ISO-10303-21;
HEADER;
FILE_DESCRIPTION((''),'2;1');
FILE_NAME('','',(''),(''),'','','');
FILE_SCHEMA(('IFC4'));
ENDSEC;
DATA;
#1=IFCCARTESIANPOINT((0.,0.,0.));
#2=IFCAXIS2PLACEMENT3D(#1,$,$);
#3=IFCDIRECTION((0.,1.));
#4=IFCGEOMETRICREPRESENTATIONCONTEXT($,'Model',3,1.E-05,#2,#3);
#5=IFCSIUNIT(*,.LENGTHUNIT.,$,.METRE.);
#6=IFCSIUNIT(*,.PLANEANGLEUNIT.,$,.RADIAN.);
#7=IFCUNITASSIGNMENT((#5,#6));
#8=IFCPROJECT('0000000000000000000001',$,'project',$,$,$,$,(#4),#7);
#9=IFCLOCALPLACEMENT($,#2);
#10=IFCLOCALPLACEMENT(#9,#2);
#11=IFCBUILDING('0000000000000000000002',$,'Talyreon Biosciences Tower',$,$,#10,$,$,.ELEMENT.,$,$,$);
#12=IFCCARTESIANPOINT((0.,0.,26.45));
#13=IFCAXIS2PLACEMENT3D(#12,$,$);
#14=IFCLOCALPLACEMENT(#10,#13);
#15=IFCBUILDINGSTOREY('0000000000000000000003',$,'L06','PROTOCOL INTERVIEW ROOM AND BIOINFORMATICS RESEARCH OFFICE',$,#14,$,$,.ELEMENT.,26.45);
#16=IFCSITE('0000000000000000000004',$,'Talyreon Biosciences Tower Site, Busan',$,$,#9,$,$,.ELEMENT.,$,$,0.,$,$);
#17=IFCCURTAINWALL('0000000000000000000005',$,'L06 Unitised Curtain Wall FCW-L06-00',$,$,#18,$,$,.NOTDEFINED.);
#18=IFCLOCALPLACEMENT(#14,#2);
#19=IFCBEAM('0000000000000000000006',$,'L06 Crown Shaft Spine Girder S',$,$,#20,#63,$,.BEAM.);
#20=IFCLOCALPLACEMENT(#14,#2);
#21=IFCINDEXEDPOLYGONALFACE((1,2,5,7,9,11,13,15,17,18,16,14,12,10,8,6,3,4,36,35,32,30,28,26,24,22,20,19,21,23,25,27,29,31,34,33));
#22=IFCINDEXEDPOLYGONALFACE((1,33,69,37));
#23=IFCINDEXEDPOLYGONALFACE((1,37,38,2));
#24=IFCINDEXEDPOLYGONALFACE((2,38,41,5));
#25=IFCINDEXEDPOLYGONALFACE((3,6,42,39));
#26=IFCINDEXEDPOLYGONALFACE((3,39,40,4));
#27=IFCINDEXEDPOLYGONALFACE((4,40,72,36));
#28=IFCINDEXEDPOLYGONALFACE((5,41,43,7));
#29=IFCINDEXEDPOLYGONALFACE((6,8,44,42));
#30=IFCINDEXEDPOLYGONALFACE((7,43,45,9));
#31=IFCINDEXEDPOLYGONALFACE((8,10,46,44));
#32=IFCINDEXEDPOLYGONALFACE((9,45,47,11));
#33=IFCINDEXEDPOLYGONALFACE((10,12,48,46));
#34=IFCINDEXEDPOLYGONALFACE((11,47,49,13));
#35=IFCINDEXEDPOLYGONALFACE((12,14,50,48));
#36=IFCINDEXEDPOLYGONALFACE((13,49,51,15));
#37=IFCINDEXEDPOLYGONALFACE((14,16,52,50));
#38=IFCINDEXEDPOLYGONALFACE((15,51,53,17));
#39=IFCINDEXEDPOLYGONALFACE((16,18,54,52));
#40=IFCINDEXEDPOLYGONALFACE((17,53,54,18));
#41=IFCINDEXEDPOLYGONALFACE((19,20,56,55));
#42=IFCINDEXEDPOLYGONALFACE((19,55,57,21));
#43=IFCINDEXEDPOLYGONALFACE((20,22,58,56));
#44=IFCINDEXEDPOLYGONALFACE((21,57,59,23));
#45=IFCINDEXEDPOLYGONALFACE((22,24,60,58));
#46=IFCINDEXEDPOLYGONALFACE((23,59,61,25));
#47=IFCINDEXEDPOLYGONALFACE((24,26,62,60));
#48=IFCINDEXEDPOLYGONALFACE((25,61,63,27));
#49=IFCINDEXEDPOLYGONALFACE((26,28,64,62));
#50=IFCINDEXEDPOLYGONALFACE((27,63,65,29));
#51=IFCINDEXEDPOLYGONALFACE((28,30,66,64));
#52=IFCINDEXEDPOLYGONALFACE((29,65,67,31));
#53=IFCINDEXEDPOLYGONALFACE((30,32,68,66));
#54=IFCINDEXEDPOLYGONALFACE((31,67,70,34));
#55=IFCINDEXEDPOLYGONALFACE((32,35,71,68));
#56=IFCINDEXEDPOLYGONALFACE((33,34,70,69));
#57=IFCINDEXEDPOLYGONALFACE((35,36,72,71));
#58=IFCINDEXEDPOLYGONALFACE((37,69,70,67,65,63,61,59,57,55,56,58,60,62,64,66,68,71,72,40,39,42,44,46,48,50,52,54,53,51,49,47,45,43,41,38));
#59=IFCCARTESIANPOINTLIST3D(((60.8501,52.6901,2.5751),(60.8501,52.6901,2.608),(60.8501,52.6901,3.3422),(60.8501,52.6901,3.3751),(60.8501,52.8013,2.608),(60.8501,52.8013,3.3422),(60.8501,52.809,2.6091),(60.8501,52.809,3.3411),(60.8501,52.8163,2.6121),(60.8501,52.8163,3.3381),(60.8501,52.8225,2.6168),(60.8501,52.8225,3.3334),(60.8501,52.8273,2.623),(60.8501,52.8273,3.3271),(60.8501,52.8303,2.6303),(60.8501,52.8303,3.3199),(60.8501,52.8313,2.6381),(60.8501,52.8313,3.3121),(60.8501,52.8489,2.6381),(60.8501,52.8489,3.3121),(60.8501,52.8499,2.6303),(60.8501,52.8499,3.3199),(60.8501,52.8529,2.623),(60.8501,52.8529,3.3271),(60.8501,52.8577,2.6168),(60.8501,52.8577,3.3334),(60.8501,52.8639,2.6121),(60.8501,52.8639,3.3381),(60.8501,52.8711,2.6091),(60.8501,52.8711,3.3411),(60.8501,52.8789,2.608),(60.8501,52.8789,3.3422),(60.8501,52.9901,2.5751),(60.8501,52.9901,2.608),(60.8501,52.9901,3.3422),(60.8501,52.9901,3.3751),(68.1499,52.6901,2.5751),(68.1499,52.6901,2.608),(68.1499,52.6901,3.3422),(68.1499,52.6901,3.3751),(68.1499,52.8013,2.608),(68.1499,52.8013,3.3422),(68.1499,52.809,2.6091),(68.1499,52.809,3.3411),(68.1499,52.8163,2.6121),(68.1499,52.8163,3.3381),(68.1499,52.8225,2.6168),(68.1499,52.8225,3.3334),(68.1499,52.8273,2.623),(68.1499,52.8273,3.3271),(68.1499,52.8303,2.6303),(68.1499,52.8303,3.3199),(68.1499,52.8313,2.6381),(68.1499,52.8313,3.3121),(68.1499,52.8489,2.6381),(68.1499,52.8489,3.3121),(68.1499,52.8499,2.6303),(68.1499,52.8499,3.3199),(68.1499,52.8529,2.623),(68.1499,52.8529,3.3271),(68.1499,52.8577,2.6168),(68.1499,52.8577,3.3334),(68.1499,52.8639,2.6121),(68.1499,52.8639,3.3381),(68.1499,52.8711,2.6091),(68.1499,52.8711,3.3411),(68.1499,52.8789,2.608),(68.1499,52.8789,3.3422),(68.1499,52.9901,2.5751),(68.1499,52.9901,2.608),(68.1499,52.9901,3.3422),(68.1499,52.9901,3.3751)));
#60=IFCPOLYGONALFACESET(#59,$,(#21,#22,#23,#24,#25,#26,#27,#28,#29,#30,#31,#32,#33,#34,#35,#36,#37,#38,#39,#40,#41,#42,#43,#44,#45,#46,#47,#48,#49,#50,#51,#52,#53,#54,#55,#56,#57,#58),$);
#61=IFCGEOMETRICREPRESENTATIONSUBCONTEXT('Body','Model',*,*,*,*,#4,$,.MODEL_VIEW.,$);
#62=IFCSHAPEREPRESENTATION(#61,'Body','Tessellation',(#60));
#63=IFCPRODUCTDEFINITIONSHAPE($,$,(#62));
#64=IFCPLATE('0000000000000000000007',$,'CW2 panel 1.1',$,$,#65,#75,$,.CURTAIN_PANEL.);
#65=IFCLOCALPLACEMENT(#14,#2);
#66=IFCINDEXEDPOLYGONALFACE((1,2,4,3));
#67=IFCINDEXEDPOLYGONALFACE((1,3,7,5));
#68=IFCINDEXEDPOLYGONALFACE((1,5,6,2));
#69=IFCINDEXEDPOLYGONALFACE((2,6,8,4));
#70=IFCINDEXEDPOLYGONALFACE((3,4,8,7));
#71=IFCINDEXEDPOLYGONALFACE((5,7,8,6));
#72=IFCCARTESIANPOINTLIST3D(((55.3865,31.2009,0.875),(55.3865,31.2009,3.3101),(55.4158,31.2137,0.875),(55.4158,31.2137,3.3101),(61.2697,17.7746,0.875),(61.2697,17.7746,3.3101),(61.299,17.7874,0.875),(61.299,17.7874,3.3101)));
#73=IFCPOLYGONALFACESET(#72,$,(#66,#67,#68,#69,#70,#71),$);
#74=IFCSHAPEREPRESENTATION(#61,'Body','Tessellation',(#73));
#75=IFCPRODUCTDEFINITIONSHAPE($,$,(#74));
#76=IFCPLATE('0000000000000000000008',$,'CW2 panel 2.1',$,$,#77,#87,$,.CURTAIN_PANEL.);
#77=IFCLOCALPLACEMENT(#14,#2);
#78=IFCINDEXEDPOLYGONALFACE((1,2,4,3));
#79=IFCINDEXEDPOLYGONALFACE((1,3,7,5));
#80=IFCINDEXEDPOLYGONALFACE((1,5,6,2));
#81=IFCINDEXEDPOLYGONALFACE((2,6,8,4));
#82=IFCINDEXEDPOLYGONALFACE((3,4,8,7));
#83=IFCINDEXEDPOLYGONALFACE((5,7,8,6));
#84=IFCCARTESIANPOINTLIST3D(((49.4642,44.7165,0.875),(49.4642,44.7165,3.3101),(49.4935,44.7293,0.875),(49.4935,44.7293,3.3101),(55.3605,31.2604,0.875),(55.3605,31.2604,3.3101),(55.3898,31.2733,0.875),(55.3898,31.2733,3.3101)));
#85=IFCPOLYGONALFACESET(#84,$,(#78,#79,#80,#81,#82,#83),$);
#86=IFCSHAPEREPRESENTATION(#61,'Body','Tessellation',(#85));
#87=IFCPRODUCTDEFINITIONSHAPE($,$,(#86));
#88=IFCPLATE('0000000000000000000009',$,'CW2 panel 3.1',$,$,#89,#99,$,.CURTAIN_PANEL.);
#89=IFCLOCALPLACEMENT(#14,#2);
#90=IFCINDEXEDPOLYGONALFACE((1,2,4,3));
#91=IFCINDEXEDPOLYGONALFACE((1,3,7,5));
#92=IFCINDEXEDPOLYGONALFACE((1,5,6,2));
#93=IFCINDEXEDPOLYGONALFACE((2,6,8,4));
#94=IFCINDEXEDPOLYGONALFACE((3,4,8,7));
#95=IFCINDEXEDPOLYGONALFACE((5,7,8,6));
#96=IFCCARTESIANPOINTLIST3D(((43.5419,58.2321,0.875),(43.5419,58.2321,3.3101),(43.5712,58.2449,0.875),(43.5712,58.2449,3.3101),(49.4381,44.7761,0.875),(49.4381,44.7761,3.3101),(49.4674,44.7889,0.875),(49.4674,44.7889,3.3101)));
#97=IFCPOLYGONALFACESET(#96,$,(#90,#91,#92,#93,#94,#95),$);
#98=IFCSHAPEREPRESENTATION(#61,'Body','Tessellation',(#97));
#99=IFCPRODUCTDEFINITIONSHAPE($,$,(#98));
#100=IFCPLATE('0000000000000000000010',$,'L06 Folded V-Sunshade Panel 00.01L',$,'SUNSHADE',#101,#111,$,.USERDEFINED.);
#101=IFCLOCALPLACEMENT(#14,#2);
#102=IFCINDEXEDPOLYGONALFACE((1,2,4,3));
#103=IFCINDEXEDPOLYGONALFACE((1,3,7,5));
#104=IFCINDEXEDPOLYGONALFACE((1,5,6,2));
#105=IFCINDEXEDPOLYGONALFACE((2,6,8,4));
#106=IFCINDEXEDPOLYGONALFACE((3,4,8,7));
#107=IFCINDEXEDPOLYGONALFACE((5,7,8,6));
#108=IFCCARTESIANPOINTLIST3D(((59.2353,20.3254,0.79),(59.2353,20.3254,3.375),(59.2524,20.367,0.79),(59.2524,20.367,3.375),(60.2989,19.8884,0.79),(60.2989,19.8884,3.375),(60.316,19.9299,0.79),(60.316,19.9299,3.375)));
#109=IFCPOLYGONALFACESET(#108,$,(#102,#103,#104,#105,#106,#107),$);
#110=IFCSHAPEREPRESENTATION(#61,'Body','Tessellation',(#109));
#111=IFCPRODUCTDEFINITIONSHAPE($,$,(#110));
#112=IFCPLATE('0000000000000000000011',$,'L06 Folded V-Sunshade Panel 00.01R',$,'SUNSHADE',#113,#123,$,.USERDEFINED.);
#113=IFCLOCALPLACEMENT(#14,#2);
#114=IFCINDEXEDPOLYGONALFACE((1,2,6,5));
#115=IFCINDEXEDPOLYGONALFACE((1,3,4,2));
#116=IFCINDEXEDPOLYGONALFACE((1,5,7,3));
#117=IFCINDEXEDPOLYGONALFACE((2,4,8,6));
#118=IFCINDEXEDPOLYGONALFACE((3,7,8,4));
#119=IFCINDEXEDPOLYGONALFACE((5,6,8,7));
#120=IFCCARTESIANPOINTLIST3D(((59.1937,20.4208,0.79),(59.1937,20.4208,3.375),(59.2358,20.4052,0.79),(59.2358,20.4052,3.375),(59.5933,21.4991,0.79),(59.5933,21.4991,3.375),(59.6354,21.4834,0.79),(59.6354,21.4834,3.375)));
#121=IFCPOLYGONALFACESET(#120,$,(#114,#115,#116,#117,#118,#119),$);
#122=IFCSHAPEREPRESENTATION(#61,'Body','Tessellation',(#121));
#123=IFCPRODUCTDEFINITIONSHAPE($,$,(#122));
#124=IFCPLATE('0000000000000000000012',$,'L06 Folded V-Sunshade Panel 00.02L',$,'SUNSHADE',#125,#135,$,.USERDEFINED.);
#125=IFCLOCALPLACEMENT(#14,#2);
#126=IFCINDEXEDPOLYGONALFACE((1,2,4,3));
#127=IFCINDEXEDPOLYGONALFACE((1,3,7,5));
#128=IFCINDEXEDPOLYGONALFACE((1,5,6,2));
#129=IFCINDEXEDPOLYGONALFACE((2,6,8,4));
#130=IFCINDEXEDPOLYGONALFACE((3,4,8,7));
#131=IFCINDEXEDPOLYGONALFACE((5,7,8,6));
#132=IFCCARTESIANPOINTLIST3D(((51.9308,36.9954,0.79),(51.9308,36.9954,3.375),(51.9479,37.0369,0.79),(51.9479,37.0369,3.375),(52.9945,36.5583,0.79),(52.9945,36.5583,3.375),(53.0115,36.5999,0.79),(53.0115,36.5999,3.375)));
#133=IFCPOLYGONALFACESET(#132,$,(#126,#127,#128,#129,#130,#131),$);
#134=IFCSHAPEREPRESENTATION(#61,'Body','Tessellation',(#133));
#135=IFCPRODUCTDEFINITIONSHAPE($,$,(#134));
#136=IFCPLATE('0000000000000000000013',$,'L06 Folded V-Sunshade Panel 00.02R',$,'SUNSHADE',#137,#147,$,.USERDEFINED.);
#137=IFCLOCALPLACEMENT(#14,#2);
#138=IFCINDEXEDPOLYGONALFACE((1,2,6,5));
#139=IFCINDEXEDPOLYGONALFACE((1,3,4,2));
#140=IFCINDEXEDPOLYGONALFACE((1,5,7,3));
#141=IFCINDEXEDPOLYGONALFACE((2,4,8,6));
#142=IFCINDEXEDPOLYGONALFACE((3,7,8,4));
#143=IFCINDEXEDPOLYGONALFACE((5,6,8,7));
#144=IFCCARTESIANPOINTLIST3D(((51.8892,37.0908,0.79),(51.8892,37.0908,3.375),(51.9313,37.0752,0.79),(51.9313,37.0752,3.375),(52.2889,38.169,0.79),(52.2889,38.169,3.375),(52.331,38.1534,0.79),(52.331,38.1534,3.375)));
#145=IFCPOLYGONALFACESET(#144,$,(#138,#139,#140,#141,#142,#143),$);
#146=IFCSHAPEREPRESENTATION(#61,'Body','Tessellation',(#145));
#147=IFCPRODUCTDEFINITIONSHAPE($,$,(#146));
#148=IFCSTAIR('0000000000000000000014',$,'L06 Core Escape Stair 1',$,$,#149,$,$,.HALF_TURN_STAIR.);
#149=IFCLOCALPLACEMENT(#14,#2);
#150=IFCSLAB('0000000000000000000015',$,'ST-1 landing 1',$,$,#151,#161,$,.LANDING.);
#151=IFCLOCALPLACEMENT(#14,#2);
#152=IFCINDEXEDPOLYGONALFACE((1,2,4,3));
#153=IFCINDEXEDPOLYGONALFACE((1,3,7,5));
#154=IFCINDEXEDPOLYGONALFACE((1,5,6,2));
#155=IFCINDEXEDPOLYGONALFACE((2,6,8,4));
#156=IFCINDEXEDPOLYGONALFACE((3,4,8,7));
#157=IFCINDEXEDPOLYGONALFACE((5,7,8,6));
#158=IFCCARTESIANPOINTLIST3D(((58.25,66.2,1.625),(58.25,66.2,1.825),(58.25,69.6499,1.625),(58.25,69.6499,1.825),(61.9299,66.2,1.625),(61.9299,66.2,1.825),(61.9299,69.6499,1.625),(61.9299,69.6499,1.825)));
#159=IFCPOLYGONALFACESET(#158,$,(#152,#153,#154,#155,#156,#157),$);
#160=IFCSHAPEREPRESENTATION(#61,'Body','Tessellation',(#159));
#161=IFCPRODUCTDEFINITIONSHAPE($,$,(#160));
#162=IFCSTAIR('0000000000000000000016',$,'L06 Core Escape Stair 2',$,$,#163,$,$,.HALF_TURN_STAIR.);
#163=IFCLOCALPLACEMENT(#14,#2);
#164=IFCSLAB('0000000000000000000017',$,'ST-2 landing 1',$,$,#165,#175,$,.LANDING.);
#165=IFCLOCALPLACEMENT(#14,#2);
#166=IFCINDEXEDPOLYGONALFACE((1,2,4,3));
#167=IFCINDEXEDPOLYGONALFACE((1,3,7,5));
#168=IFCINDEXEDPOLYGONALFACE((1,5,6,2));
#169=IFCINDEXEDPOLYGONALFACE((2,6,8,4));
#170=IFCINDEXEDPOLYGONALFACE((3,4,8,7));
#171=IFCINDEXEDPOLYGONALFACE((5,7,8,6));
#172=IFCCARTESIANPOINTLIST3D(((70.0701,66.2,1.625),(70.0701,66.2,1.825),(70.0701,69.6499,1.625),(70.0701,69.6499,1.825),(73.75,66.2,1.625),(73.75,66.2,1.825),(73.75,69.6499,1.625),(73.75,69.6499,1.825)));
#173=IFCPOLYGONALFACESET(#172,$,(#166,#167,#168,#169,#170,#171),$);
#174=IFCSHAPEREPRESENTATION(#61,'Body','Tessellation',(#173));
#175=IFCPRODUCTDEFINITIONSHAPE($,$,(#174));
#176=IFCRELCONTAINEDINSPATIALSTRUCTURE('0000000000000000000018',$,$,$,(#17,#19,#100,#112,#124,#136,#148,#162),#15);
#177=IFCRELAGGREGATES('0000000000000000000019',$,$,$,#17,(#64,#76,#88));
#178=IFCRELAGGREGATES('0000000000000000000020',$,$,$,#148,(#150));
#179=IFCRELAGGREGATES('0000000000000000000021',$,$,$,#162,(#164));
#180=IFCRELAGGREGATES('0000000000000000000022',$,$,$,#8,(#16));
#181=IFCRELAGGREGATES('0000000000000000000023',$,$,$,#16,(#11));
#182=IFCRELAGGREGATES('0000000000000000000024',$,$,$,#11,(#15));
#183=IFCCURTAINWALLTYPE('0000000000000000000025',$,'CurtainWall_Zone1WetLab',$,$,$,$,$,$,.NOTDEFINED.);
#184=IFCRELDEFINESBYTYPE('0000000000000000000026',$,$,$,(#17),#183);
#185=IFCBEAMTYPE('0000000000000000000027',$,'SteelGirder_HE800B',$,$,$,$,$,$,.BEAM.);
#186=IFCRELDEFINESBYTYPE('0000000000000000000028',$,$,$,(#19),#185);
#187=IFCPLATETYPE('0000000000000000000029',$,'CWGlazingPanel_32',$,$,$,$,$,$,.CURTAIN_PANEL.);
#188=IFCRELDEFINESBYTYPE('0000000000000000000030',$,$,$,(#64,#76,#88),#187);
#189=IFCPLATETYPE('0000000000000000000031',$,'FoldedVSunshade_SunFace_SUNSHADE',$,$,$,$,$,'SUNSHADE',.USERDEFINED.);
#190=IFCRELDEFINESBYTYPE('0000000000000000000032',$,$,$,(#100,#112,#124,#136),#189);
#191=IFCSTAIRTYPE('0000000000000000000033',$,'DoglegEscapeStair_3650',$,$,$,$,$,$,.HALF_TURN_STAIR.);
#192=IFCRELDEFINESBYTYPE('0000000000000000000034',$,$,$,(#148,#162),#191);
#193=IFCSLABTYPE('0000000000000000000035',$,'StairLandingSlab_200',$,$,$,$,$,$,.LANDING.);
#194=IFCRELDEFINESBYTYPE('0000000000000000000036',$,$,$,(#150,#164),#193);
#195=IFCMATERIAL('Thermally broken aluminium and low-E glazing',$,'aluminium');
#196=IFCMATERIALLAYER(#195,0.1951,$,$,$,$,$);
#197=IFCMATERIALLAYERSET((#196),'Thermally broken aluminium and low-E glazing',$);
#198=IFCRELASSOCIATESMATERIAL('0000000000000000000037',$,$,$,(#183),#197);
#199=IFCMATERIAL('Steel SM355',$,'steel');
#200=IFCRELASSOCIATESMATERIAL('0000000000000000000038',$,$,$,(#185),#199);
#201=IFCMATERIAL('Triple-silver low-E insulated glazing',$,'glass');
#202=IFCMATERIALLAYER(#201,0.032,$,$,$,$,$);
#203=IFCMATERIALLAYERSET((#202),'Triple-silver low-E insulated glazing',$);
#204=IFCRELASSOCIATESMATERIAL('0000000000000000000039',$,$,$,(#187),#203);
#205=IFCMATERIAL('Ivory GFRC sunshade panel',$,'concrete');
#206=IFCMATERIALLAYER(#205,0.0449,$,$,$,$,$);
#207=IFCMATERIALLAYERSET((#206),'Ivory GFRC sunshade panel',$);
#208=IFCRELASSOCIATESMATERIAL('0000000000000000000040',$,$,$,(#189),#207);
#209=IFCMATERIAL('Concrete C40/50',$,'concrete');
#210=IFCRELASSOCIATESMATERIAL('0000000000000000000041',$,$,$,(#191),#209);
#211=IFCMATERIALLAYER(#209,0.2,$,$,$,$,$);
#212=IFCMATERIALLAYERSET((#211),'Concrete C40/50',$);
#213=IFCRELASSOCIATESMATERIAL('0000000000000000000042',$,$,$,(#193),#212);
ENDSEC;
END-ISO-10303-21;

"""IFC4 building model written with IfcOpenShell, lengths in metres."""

from ifc_helpers import new_model, si_unit, direction, frame, origin, origin_2d, place, context, subcontext, project, spatial, polyline, rectangle, i_section, outline, extrude, material, layer, layer_set, material_profile, profile_set, type_object, element, aggregate, save


model = new_model("IFC4")

# Units and contexts
model_context = context("Model", 3, precision=1e-05, world=origin(), true_north=direction((0.0, 1.0)))
body_context = subcontext(model_context, "Body", "Model", "MODEL_VIEW")
ifc_project = project(units=[si_unit("LENGTHUNIT", "METRE"), si_unit("PLANEANGLEUNIT", "RADIAN")], contexts=[model_context])

# Site, building, storey
site_placement = place(None, origin())
site = spatial("IfcSite", under=ifc_project, at=site_placement, Name="Talyreon Biosciences Tower Site, Busan", CompositionType="ELEMENT", RefElevation=0.0)
building_placement = place(site_placement, origin())
building = spatial("IfcBuilding", under=site, at=building_placement, Name="Talyreon Biosciences Tower", CompositionType="ELEMENT")
storey_placement = place(building_placement, frame((0.0, 0.0, 26.45)))
storey = spatial("IfcBuildingStorey", under=building, at=storey_placement, Name="L06", Description="PROTOCOL INTERVIEW ROOM AND BIOINFORMATICS RESEARCH OFFICE", CompositionType="ELEMENT", Elevation=26.45)

# Curtain wall
ifc_material_1 = material(Name="Thermally broken aluminium and low-E glazing", Category="aluminium")
ifc_layer_1 = layer(ifc_material_1, 0.1951)
ifc_layer_set_1 = layer_set([ifc_layer_1], Name="Thermally broken aluminium and low-E glazing")
curtain_wall_type = type_object("IfcCurtainWallType", Name="CurtainWall_Zone1WetLab", PredefinedType="NOTDEFINED", material=ifc_layer_set_1)
curtain_wall_placement = place(storey_placement, origin())
curtain_wall = element("IfcCurtainWall", 1, at=curtain_wall_placement, inside=storey, type_object=curtain_wall_type, Name="L06 Unitised Curtain Wall FCW-L06-00", PredefinedType="NOTDEFINED")

# Beam
ifc_material_2 = material(Name="Steel SM355", Category="steel")
ifc_material_profile_1 = material_profile(ifc_material_2, i_section(OverallWidth=0.3, OverallDepth=0.8, WebThickness=0.0176, FlangeThickness=0.033, FilletRadius=0.03, at=origin_2d()), Name="HE800B")
ifc_profile_set_1 = profile_set([ifc_material_profile_1], Name="Steel SM355")
beam_type_1 = type_object("IfcBeamType", Name="SteelGirder_HE800B", PredefinedType="BEAM", material=ifc_profile_set_1)
beam_1_placement = place(storey_placement, frame((60.8501, 52.8401, 2.9751), z_axis=(1.0, 0.0, 0.0), x_axis=(0.0, 1.0, 0.0)))
element("IfcBeam", 2, at=beam_1_placement, inside=storey, type_object=beam_type_1, Name="L06 Crown Shaft Spine Girder S", PredefinedType="BEAM", context=body_context, shape_type="SweptSolid", body=[
    extrude(i_section(OverallWidth=0.3, OverallDepth=0.8, WebThickness=0.0176, FlangeThickness=0.033, FilletRadius=0.03, at=origin_2d()), origin(), (0.0, 0.0, 1.0), 7.2998),
])

# Plates
ifc_material_3 = material(Name="Triple-silver low-E insulated glazing", Category="glass")
ifc_layer_2 = layer(ifc_material_3, 0.032)
ifc_layer_set_2 = layer_set([ifc_layer_2], Name="Triple-silver low-E insulated glazing")
plate_type_1 = type_object("IfcPlateType", Name="CWGlazingPanel_32", PredefinedType="CURTAIN_PANEL", material=ifc_layer_set_2)
plate_1_placement = place(storey_placement, frame((58.3428, 24.4941, 0.875), z_axis=(0.0, 0.0, 1.0), x_axis=(-0.401345, 0.915927, 0.0)))
plate_1 = element("IfcPlate", 3, at=plate_1_placement, type_object=plate_type_1, Name="CW2 panel 1.1", PredefinedType="CURTAIN_PANEL", context=body_context, shape_type="SweptSolid", body=[
    extrude(rectangle(XDim=14.6587, YDim=0.032, at=origin_2d()), origin(), (0.0, 0.0, 1.0), 2.4351),
])
plate_2_placement = place(storey_placement, frame((52.427, 37.9949, 0.875), z_axis=(0.0, 0.0, 1.0), x_axis=(-0.401345, 0.915927, 0.0)))
plate_2 = element("IfcPlate", 4, at=plate_2_placement, type_object=plate_type_1, Name="CW2 panel 2.1", PredefinedType="CURTAIN_PANEL", context=body_context, shape_type="SweptSolid", body=[
    extrude(rectangle(XDim=14.6912, YDim=0.032, at=origin_2d()), origin(), (0.0, 0.0, 1.0), 2.4351),
])
plate_3_placement = place(storey_placement, frame((46.5046, 51.5105, 0.875), z_axis=(0.0, 0.0, 1.0), x_axis=(-0.401345, 0.915927, 0.0)))
plate_3 = element("IfcPlate", 5, at=plate_3_placement, type_object=plate_type_1, Name="CW2 panel 3.1", PredefinedType="CURTAIN_PANEL", context=body_context, shape_type="SweptSolid", body=[
    extrude(rectangle(XDim=14.6912, YDim=0.032, at=origin_2d()), origin(), (0.0, 0.0, 1.0), 2.4351),
])
aggregate(curtain_wall, [plate_1, plate_2, plate_3])

# Plates
ifc_material_4 = material(Name="Ivory GFRC sunshade panel", Category="concrete")
ifc_layer_3 = layer(ifc_material_4, 0.0449)
ifc_layer_set_3 = layer_set([ifc_layer_3], Name="Ivory GFRC sunshade panel")
plate_type_2 = type_object("IfcPlateType", Name="FoldedVSunshade_SunFace_SUNSHADE", ElementType="SUNSHADE", PredefinedType="USERDEFINED", material=ifc_layer_set_3)
for number, where, z_axis, x_axis, name in (
    (6, (59.7756, 20.1277, 0.79), (0.0, 0.0, 1.0), (-0.924958, 0.38007, 0.0), "L06 Folded V-Sunshade Panel 00.01L"),
    (7, (59.4146, 20.9521, 0.79), (0.0, 0.0, 1.0), (0.347558, 0.937659, 0.0), "L06 Folded V-Sunshade Panel 00.01R"),
    (8, (52.4712, 36.7976, 0.79), (0.0, 0.0, 1.0), (-0.924958, 0.38007, 0.0), "L06 Folded V-Sunshade Panel 00.02L"),
    (9, (52.1101, 37.6221, 0.79), (0.0, 0.0, 1.0), (0.347558, 0.937659, 0.0), "L06 Folded V-Sunshade Panel 00.02R"),
):
    element("IfcPlate", number, at=place(storey_placement, frame(where, z_axis=z_axis, x_axis=x_axis)), inside=storey, type_object=plate_type_2, Name=name, ObjectType="SUNSHADE", PredefinedType="USERDEFINED", context=body_context, shape_type="SweptSolid", body=[
        extrude(rectangle(XDim=1.1499, YDim=0.0449, at=origin_2d()), origin(), (0.0, 0.0, 1.0), 2.585),
    ])

# Stairs, slabs
ifc_material_5 = material(Name="Concrete C40/50", Category="concrete")
stair_type = type_object("IfcStairType", Name="DoglegEscapeStair_3650", PredefinedType="HALF_TURN_STAIR", material=ifc_material_5)
stair_1_placement = place(storey_placement, origin())
stair_1 = element("IfcStair", 10, at=stair_1_placement, inside=storey, type_object=stair_type, Name="L06 Core Escape Stair 1", PredefinedType="HALF_TURN_STAIR")
ifc_layer_4 = layer(ifc_material_5, 0.2)
ifc_layer_set_4 = layer_set([ifc_layer_4], Name="Concrete C40/50")
slab_type_1 = type_object("IfcSlabType", Name="StairLandingSlab_200", PredefinedType="LANDING", material=ifc_layer_set_4)
slab_1_placement = place(storey_placement, frame((0.0, 0.0, 1.625)))
slab_1 = element("IfcSlab", 11, at=slab_1_placement, type_object=slab_type_1, Name="ST-1 landing 1", PredefinedType="LANDING", context=body_context, shape_type="SweptSolid", body=[
    extrude(outline(polyline([(61.9299, 66.2), (61.9299, 69.6499), (58.25, 69.6499), (58.25, 66.2), (61.9299, 66.2)])), origin(), (0.0, 0.0, 1.0), 0.2),
])
aggregate(stair_1, [slab_1])
stair_2_placement = place(storey_placement, origin())
stair_2 = element("IfcStair", 12, at=stair_2_placement, inside=storey, type_object=stair_type, Name="L06 Core Escape Stair 2", PredefinedType="HALF_TURN_STAIR")
slab_2_placement = place(storey_placement, frame((0.0, 0.0, 1.625)))
slab_2 = element("IfcSlab", 13, at=slab_2_placement, type_object=slab_type_1, Name="ST-2 landing 1", PredefinedType="LANDING", context=body_context, shape_type="SweptSolid", body=[
    extrude(outline(polyline([(73.75, 66.2), (73.75, 69.6499), (70.0701, 69.6499), (70.0701, 66.2), (73.75, 66.2)])), origin(), (0.0, 0.0, 1.0), 0.2),
])
aggregate(stair_2, [slab_2])

save(model, "model.ifc")
